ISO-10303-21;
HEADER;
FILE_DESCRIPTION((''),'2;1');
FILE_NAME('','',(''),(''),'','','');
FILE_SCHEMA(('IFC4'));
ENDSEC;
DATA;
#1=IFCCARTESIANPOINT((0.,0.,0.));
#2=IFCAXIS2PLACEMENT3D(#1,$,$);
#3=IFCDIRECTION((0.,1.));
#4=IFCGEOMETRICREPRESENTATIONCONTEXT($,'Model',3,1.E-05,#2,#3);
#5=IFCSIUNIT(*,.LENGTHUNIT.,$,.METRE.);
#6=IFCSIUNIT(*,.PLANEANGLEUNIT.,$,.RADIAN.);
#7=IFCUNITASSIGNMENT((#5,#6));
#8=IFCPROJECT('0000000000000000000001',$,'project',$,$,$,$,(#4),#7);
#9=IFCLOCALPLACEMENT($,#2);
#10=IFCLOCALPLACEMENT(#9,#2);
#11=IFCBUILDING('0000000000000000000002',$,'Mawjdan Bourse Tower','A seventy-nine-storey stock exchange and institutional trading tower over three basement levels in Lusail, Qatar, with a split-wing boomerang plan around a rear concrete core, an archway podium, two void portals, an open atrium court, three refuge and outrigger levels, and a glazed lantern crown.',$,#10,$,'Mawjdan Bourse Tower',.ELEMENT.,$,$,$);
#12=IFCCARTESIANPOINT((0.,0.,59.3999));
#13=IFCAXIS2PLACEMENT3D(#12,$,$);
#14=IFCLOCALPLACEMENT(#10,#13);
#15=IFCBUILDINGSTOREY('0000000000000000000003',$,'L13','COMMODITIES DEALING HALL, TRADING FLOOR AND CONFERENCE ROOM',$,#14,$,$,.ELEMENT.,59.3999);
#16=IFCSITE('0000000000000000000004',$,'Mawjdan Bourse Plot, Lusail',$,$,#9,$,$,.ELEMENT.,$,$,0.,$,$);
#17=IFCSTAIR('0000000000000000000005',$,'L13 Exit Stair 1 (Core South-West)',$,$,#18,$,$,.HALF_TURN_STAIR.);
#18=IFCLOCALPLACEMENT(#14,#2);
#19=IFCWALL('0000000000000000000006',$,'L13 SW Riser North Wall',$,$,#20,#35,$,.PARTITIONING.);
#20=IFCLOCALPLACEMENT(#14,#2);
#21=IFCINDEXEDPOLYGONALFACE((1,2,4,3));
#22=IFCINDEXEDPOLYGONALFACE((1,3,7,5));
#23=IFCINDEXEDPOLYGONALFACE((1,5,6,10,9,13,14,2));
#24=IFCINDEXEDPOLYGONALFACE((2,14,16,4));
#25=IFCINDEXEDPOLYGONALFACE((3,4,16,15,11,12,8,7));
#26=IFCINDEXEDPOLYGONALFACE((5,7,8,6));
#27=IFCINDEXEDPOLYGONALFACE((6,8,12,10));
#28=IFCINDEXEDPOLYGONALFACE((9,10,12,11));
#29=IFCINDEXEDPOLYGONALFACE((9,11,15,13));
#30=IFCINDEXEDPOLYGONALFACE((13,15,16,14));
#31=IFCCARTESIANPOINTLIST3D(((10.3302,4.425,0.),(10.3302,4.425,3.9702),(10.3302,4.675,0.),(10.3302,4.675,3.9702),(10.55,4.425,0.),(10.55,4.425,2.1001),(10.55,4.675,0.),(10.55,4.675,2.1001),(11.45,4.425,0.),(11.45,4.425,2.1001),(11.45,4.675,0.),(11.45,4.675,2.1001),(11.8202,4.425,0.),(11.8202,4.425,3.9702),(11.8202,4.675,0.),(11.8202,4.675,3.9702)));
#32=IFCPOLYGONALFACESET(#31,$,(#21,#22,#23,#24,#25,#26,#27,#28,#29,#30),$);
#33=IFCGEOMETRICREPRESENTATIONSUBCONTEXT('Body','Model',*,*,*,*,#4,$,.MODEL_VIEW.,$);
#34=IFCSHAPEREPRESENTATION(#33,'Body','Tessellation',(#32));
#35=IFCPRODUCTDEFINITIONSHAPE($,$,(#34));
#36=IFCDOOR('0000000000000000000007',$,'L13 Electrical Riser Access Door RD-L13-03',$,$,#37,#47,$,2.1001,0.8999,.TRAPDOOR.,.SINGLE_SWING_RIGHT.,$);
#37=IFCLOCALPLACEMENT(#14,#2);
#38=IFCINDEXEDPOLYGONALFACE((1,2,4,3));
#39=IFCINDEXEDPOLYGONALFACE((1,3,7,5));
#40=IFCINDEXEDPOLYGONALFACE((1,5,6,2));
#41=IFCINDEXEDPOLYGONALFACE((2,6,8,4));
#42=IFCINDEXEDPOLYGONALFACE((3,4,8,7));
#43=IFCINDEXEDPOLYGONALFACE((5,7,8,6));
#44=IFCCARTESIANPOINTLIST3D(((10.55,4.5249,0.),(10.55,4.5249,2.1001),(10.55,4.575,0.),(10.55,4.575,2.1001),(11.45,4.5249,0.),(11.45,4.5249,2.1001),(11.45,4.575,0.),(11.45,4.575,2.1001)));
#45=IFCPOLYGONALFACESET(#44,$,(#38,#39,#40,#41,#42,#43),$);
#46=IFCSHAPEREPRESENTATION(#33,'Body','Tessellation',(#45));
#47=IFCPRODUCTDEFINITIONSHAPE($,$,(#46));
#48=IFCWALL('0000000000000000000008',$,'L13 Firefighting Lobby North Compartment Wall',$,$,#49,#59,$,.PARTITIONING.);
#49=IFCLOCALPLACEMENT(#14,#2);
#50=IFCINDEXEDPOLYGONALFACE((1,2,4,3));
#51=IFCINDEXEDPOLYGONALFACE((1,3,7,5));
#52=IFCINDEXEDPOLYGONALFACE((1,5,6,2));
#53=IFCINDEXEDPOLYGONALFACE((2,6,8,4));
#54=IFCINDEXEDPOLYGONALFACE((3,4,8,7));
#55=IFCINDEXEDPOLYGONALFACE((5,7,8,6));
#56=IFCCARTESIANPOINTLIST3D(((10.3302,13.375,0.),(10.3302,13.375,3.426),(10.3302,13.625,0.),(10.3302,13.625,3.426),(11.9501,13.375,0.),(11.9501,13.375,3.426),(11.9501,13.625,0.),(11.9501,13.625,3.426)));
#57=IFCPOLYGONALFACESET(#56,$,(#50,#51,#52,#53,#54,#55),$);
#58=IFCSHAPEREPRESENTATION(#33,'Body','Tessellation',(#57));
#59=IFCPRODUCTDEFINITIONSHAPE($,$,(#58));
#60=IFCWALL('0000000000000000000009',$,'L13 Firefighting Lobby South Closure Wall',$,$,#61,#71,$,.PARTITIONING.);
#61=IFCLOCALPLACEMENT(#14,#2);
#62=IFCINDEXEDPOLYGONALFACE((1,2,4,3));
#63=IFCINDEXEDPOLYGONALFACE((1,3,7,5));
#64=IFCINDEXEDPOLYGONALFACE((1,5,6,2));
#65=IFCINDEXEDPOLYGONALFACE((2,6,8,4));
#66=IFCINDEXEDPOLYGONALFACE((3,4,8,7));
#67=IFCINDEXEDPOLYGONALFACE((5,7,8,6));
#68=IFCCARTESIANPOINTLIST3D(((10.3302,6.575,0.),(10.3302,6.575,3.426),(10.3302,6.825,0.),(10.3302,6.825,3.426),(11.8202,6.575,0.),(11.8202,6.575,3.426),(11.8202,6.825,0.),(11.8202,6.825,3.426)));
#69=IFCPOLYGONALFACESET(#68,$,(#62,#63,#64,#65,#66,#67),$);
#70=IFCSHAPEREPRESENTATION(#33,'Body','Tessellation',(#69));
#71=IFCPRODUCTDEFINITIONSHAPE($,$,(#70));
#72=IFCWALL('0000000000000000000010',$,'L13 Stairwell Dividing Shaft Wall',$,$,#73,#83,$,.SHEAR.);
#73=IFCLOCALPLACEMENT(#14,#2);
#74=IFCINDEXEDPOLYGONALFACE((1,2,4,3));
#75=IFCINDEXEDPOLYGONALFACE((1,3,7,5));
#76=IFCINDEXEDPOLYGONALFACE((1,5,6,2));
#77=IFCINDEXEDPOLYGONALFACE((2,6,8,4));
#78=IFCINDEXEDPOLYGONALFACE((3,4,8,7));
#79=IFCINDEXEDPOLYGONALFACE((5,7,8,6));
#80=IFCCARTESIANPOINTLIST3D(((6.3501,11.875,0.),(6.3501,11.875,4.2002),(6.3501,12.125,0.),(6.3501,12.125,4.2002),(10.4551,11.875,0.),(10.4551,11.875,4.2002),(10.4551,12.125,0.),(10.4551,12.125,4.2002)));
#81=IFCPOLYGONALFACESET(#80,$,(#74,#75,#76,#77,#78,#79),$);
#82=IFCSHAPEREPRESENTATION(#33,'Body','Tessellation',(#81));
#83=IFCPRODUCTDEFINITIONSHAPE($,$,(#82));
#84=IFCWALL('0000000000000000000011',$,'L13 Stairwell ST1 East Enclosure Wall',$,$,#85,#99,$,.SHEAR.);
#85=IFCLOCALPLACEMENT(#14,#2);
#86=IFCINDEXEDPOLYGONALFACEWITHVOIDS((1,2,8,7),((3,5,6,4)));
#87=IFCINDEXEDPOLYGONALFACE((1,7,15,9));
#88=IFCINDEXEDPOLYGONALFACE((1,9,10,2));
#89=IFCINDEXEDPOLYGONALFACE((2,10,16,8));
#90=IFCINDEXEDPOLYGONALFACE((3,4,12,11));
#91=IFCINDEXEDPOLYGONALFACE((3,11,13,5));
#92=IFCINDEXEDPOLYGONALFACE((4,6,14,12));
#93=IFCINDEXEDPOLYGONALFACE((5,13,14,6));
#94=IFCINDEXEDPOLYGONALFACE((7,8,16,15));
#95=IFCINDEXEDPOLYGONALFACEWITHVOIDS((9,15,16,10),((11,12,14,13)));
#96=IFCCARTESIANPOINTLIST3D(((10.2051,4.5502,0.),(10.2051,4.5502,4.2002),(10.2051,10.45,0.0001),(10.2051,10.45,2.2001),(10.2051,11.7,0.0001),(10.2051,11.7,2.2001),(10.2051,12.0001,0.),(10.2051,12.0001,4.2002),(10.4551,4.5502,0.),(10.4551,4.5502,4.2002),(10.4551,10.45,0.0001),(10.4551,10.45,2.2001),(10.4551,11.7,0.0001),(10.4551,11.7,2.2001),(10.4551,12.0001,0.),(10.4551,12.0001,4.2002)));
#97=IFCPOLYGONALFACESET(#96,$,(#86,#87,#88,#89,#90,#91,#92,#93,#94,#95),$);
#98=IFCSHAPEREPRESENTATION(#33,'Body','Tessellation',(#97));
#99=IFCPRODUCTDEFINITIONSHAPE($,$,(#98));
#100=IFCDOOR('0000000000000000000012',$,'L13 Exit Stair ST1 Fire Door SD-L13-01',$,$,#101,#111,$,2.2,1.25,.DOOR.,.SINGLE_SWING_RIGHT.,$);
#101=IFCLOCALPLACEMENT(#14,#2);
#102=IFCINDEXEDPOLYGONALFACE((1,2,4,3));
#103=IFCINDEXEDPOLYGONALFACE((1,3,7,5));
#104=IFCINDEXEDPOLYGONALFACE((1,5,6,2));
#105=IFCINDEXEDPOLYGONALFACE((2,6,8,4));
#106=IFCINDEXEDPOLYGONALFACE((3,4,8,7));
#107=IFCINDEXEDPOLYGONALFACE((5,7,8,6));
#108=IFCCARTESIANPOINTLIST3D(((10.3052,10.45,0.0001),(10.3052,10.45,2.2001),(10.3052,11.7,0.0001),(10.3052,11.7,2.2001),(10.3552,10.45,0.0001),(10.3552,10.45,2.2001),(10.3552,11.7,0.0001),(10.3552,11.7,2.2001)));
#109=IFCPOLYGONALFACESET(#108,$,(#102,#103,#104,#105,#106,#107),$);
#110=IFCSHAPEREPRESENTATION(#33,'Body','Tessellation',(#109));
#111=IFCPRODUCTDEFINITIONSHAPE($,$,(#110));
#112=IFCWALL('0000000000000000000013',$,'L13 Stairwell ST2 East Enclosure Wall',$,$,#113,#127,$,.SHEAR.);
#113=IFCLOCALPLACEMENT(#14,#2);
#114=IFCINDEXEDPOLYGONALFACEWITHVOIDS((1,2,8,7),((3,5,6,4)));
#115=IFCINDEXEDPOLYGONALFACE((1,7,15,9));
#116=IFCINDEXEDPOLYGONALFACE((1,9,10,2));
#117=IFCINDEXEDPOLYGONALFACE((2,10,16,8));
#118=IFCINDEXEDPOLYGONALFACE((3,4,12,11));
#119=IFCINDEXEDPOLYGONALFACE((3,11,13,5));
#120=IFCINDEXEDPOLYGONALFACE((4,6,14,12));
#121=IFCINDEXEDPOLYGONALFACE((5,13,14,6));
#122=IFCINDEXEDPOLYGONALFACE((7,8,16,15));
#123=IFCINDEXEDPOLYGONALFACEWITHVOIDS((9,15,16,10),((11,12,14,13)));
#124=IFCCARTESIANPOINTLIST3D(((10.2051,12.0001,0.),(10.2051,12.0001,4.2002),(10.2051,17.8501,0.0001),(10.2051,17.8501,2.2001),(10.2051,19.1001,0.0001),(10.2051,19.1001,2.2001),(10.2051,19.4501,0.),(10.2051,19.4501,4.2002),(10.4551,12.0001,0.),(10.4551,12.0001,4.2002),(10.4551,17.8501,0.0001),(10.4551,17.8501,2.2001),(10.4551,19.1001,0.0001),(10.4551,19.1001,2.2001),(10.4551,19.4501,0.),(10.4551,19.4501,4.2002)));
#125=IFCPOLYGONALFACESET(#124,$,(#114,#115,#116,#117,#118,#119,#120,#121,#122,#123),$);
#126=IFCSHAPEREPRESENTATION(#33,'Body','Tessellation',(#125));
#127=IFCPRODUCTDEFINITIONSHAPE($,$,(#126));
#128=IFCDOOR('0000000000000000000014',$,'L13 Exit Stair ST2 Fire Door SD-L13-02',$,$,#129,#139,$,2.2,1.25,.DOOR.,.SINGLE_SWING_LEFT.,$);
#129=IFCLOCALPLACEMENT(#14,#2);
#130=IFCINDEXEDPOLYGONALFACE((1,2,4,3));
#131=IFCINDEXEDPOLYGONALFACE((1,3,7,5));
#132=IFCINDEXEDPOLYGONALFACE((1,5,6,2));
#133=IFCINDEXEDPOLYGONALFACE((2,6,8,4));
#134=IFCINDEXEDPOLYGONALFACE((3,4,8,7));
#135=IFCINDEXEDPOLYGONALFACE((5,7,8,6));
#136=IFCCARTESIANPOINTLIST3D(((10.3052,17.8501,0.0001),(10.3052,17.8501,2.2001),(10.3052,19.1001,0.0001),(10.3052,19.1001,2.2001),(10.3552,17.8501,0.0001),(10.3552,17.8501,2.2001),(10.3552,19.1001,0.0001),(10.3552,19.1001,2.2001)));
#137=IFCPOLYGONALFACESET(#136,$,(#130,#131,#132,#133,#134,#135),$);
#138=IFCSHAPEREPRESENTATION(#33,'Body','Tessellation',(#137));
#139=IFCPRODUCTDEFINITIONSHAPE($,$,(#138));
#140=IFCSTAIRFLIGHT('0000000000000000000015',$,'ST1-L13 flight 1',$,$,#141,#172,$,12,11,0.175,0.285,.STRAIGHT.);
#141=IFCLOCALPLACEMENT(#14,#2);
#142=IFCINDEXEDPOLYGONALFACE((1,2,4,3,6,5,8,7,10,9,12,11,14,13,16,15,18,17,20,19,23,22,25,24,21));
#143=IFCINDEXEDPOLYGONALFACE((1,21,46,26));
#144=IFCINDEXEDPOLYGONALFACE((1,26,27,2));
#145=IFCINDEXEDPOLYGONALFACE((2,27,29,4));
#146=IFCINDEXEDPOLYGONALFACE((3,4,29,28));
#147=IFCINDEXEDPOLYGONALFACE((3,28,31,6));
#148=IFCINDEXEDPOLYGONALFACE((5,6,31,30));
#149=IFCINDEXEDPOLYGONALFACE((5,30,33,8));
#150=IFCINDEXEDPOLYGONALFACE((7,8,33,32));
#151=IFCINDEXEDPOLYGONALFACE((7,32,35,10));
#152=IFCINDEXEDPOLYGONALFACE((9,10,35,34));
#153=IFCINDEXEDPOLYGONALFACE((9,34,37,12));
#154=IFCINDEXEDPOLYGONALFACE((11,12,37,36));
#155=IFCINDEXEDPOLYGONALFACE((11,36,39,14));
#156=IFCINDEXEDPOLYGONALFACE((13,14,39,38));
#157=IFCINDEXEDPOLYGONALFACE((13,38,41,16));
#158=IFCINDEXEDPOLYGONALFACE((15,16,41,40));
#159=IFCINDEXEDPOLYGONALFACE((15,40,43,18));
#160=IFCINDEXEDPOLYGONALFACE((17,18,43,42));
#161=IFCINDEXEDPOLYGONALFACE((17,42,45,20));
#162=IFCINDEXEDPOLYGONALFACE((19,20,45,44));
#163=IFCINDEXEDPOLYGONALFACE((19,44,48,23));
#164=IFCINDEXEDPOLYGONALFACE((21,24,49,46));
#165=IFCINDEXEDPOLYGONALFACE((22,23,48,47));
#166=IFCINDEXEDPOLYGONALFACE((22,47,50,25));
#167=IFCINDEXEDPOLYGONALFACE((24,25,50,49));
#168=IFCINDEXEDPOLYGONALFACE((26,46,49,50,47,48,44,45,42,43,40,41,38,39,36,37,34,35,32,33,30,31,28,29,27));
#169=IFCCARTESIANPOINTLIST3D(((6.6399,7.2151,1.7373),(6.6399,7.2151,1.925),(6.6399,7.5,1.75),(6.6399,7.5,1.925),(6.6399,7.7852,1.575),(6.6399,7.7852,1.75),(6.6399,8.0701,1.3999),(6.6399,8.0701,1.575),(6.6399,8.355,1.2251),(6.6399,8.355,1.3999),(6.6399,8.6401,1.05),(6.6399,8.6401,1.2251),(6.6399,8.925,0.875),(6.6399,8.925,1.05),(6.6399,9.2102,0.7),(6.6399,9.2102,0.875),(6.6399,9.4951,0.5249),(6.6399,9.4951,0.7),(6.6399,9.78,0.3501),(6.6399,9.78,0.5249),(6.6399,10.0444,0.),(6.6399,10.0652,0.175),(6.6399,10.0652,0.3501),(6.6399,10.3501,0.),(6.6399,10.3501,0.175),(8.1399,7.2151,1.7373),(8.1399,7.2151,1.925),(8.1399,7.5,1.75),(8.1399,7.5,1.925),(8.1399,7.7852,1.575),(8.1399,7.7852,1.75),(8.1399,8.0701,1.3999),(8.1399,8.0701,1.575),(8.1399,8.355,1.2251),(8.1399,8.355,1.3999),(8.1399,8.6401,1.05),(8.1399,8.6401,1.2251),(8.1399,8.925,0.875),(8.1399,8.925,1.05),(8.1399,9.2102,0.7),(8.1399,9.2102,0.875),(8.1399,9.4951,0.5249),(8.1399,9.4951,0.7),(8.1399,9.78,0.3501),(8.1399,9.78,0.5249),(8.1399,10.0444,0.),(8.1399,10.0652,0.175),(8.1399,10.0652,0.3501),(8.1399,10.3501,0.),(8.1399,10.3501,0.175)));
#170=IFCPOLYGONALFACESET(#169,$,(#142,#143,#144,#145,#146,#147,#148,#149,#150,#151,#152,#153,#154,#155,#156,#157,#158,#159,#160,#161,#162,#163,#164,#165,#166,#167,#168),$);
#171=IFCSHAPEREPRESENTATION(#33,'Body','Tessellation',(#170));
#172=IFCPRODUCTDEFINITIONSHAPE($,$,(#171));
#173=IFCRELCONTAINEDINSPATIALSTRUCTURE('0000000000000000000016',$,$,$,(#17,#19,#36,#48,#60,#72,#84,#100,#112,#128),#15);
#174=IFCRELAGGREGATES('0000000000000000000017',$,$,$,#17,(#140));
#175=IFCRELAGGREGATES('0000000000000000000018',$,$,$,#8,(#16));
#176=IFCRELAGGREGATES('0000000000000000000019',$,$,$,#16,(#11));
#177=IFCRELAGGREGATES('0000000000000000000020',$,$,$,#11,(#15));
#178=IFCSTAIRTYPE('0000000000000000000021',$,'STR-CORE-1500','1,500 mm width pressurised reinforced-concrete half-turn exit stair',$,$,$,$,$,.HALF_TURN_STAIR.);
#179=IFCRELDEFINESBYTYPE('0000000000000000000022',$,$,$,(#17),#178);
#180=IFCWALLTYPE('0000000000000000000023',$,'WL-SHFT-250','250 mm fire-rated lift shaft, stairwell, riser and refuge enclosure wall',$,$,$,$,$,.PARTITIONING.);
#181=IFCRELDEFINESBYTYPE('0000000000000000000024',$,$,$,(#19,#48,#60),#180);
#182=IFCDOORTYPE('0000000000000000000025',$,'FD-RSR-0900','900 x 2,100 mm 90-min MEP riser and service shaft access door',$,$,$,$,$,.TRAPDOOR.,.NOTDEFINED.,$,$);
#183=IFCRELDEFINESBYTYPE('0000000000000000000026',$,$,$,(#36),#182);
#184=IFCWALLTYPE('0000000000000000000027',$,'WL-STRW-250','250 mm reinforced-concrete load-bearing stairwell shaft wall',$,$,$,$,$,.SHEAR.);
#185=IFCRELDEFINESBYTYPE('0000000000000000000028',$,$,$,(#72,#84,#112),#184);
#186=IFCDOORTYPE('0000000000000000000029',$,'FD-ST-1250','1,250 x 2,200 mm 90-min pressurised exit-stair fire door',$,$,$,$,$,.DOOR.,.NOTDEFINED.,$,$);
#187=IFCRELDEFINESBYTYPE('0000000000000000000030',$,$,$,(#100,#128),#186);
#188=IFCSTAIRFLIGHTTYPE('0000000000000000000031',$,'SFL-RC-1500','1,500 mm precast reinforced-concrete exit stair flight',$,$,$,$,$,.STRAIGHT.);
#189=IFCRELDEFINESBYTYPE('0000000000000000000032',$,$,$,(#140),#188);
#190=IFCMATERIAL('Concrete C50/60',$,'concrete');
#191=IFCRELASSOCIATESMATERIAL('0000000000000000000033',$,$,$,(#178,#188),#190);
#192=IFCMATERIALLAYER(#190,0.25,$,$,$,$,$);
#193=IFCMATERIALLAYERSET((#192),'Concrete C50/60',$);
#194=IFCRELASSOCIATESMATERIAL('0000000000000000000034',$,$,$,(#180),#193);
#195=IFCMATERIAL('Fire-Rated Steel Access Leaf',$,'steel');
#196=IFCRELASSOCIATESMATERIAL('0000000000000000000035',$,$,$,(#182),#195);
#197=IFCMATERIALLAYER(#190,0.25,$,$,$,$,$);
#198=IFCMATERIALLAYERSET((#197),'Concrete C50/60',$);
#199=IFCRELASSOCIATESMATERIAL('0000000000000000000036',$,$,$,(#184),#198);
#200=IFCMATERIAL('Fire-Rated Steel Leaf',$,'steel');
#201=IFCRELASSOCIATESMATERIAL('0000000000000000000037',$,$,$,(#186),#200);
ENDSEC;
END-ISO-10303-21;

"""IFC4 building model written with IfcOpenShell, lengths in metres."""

from ifc_helpers import new_model, si_unit, direction, frame, frame_2d, origin, place, context, subcontext, project, spatial, polyline, rectangle, outline, extrude, material, layer, layer_set, type_object, element, fill, aggregate, save


model = new_model("IFC4")

# Units and contexts
model_context = context("Model", 3, precision=1e-05, world=origin(), true_north=direction((0.0, 1.0)))
body_context = subcontext(model_context, "Body", "Model", "MODEL_VIEW")
ifc_project = project(units=[si_unit("LENGTHUNIT", "METRE"), si_unit("PLANEANGLEUNIT", "RADIAN")], contexts=[model_context])

# Site, building, storey
site_placement = place(None, origin())
site = spatial("IfcSite", under=ifc_project, at=site_placement, Name="Mawjdan Bourse Plot, Lusail", CompositionType="ELEMENT", RefElevation=0.0)
building_placement = place(site_placement, origin())
building = spatial("IfcBuilding", under=site, at=building_placement, Name="Mawjdan Bourse Tower", Description="A seventy-nine-storey stock exchange and institutional trading tower over three basement levels in Lusail, Qatar, with a split-wing boomerang plan around a rear concrete core, an archway podium, two void portals, an open atrium court, three refuge and outrigger levels, and a glazed lantern crown.", LongName="Mawjdan Bourse Tower", CompositionType="ELEMENT")
storey_placement = place(building_placement, frame((0.0, 0.0, 59.3999)))
storey = spatial("IfcBuildingStorey", under=building, at=storey_placement, Name="L13", Description="COMMODITIES DEALING HALL, TRADING FLOOR AND CONFERENCE ROOM", CompositionType="ELEMENT", Elevation=59.3999)

# Stair
ifc_material_1 = material(Name="Concrete C50/60", Category="concrete")
stair_type = type_object("IfcStairType", Name="STR-CORE-1500", Description="1,500 mm width pressurised reinforced-concrete half-turn exit stair", PredefinedType="HALF_TURN_STAIR", material=ifc_material_1)
stair_1_placement = place(storey_placement, origin())
stair_1 = element("IfcStair", 1, at=stair_1_placement, inside=storey, type_object=stair_type, Name="L13 Exit Stair 1 (Core South-West)", PredefinedType="HALF_TURN_STAIR")

# Wall, opening, door
ifc_layer_1 = layer(ifc_material_1, 0.25)
ifc_layer_set_1 = layer_set([ifc_layer_1], Name="Concrete C50/60")
wall_type_1 = type_object("IfcWallType", Name="WL-SHFT-250", Description="250 mm fire-rated lift shaft, stairwell, riser and refuge enclosure wall", PredefinedType="PARTITIONING", material=ifc_layer_set_1)
wall_1_placement = place(storey_placement, frame((10.3301, 4.55, 0.0), z_axis=(0.0, 0.0, 1.0), x_axis=(1.0, 0.0, 0.0)))
wall_1 = element("IfcWall", 2, at=wall_1_placement, inside=storey, type_object=wall_type_1, Name="L13 SW Riser North Wall", PredefinedType="PARTITIONING", context=body_context, shape_type="SweptSolid", body=[
    extrude(rectangle(XDim=1.49, YDim=0.25, at=frame_2d((0.7451, 0.0))), origin(), (0.0, 0.0, 1.0), 3.9702),
])
opening_1_placement = place(wall_1_placement, frame((0.22, 0.0, 0.0)))
opening_1 = element("IfcOpeningElement", 3, at=opening_1_placement, cuts=wall_1, PredefinedType="OPENING", context=body_context, shape_type="SweptSolid", body=[
    extrude(rectangle(XDim=0.8999, YDim=2.1001, at=frame_2d((0.45, 1.05))), frame((0.0, 0.135, 0.0), z_axis=(0.0, -1.0, 0.0), x_axis=(1.0, 0.0, 0.0)), (0.0, 0.0, 1.0), 0.27),
])
ifc_material_2 = material(Name="Fire-Rated Steel Access Leaf", Category="steel")
door_type_1 = type_object("IfcDoorType", Name="FD-RSR-0900", Description="900 x 2,100 mm 90-min MEP riser and service shaft access door", OperationType="NOTDEFINED", PredefinedType="TRAPDOOR", material=ifc_material_2)
door_1_placement = place(opening_1_placement, origin())
door_1 = element("IfcDoor", 4, at=door_1_placement, inside=storey, type_object=door_type_1, Name="L13 Electrical Riser Access Door RD-L13-03", OperationType="SINGLE_SWING_RIGHT", OverallHeight=2.1001, OverallWidth=0.8999, PredefinedType="TRAPDOOR", context=body_context, shape_type="SweptSolid", body=[
    extrude(rectangle(XDim=0.8999, YDim=2.1001, at=frame_2d((0.45, 1.05))), frame((0.0, 0.0249, 0.0), z_axis=(0.0, -1.0, 0.0), x_axis=(1.0, 0.0, 0.0)), (0.0, 0.0, 1.0), 0.05),
])
fill(opening_1, door_1)

# Walls
wall_2_placement = place(storey_placement, frame((10.3301, 13.5, 0.0), z_axis=(0.0, 0.0, 1.0), x_axis=(1.0, 0.0, 0.0)))
element("IfcWall", 5, at=wall_2_placement, inside=storey, type_object=wall_type_1, Name="L13 Firefighting Lobby North Compartment Wall", PredefinedType="PARTITIONING", context=body_context, shape_type="SweptSolid", body=[
    extrude(rectangle(XDim=1.6199, YDim=0.25, at=frame_2d((0.8101, 0.0))), origin(), (0.0, 0.0, 1.0), 3.426),
])
wall_3_placement = place(storey_placement, frame((10.3301, 6.7, 0.0), z_axis=(0.0, 0.0, 1.0), x_axis=(1.0, 0.0, 0.0)))
element("IfcWall", 6, at=wall_3_placement, inside=storey, type_object=wall_type_1, Name="L13 Firefighting Lobby South Closure Wall", PredefinedType="PARTITIONING", context=body_context, shape_type="SweptSolid", body=[
    extrude(rectangle(XDim=1.49, YDim=0.25, at=frame_2d((0.7451, 0.0))), origin(), (0.0, 0.0, 1.0), 3.426),
])
ifc_layer_2 = layer(ifc_material_1, 0.25)
ifc_layer_set_2 = layer_set([ifc_layer_2], Name="Concrete C50/60")
wall_type_2 = type_object("IfcWallType", Name="WL-STRW-250", Description="250 mm reinforced-concrete load-bearing stairwell shaft wall", PredefinedType="SHEAR", material=ifc_layer_set_2)
wall_4_placement = place(storey_placement, frame((6.3501, 12.0, 0.0), z_axis=(0.0, 0.0, 1.0), x_axis=(1.0, 0.0, 0.0)))
element("IfcWall", 7, at=wall_4_placement, inside=storey, type_object=wall_type_2, Name="L13 Stairwell Dividing Shaft Wall", PredefinedType="SHEAR", context=body_context, shape_type="SweptSolid", body=[
    extrude(rectangle(XDim=4.105, YDim=0.25, at=frame_2d((2.0525, 0.0))), origin(), (0.0, 0.0, 1.0), 4.2002),
])

# Walls, openings, doors
wall_5_placement = place(storey_placement, frame((10.3301, 4.55, 0.0), z_axis=(0.0, 0.0, 1.0), x_axis=(0.0, 1.0, 0.0)))
wall_5 = element("IfcWall", 8, at=wall_5_placement, inside=storey, type_object=wall_type_2, Name="L13 Stairwell ST1 East Enclosure Wall", PredefinedType="SHEAR", context=body_context, shape_type="SweptSolid", body=[
    extrude(rectangle(XDim=7.45, YDim=0.25, at=frame_2d((3.7251, 0.0))), origin(), (0.0, 0.0, 1.0), 4.2002),
])
opening_2_placement = place(wall_5_placement, frame((5.8999, 0.0, 0.0)))
opening_2 = element("IfcOpeningElement", 9, at=opening_2_placement, cuts=wall_5, PredefinedType="OPENING", context=body_context, shape_type="SweptSolid", body=[
    extrude(rectangle(XDim=1.25, YDim=2.2, at=frame_2d((0.625, 1.1001))), frame((0.0, 0.135, 0.0), z_axis=(0.0, -1.0, 0.0), x_axis=(1.0, 0.0, 0.0)), (0.0, 0.0, 1.0), 0.27),
])
ifc_material_3 = material(Name="Fire-Rated Steel Leaf", Category="steel")
door_type_2 = type_object("IfcDoorType", Name="FD-ST-1250", Description="1,250 x 2,200 mm 90-min pressurised exit-stair fire door", OperationType="NOTDEFINED", PredefinedType="DOOR", material=ifc_material_3)
door_2_placement = place(opening_2_placement, origin())
door_2 = element("IfcDoor", 10, at=door_2_placement, inside=storey, type_object=door_type_2, Name="L13 Exit Stair ST1 Fire Door SD-L13-01", OperationType="SINGLE_SWING_RIGHT", OverallHeight=2.2, OverallWidth=1.25, PredefinedType="DOOR", context=body_context, shape_type="SweptSolid", body=[
    extrude(rectangle(XDim=1.25, YDim=2.2, at=frame_2d((0.625, 1.1001))), frame((0.0, 0.0249, 0.0), z_axis=(0.0, -1.0, 0.0), x_axis=(1.0, 0.0, 0.0)), (0.0, 0.0, 1.0), 0.05),
])
fill(opening_2, door_2)
wall_6_placement = place(storey_placement, frame((10.3301, 12.0, 0.0), z_axis=(0.0, 0.0, 1.0), x_axis=(0.0, 1.0, 0.0)))
wall_6 = element("IfcWall", 11, at=wall_6_placement, inside=storey, type_object=wall_type_2, Name="L13 Stairwell ST2 East Enclosure Wall", PredefinedType="SHEAR", context=body_context, shape_type="SweptSolid", body=[
    extrude(rectangle(XDim=7.45, YDim=0.25, at=frame_2d((3.7251, 0.0))), origin(), (0.0, 0.0, 1.0), 4.2002),
])
opening_3_placement = place(wall_6_placement, frame((5.8501, 0.0, 0.0)))
opening_3 = element("IfcOpeningElement", 12, at=opening_3_placement, cuts=wall_6, PredefinedType="OPENING", context=body_context, shape_type="SweptSolid", body=[
    extrude(rectangle(XDim=1.25, YDim=2.2, at=frame_2d((0.625, 1.1001))), frame((0.0, 0.135, 0.0), z_axis=(0.0, -1.0, 0.0), x_axis=(1.0, 0.0, 0.0)), (0.0, 0.0, 1.0), 0.27),
])
door_3_placement = place(opening_3_placement, origin())
door_3 = element("IfcDoor", 13, at=door_3_placement, inside=storey, type_object=door_type_2, Name="L13 Exit Stair ST2 Fire Door SD-L13-02", OperationType="SINGLE_SWING_LEFT", OverallHeight=2.2, OverallWidth=1.25, PredefinedType="DOOR", context=body_context, shape_type="SweptSolid", body=[
    extrude(rectangle(XDim=1.25, YDim=2.2, at=frame_2d((0.625, 1.1001))), frame((0.0, 0.0249, 0.0), z_axis=(0.0, -1.0, 0.0), x_axis=(1.0, 0.0, 0.0)), (0.0, 0.0, 1.0), 0.05),
])
fill(opening_3, door_3)

# Stair flight
stair_flight_type = type_object("IfcStairFlightType", Name="SFL-RC-1500", Description="1,500 mm precast reinforced-concrete exit stair flight", PredefinedType="STRAIGHT", material=ifc_material_1)
stair_flight_1_placement = place(storey_placement, frame((7.3899, 10.3501, 0.0), z_axis=(0.0, 0.0, 1.0), x_axis=(0.0, -1.0, 0.0)))
stair_flight_1 = element("IfcStairFlight", 14, at=stair_flight_1_placement, type_object=stair_flight_type, Name="ST1-L13 flight 1", NumberOfRisers=12, NumberOfTreads=11, PredefinedType="STRAIGHT", RiserHeight=0.175, TreadLength=0.285, context=body_context, shape_type="SweptSolid", body=[
    extrude(outline(polyline([(0.0, 0.0), (0.0, 0.175), (0.2849, 0.175), (0.2849, 0.3501), (0.5701, 0.3501), (0.5701, 0.5249), (0.855, 0.5249), (0.855, 0.7), (1.1399, 0.7), (1.1399, 0.875), (1.425, 0.875), (1.425, 1.05), (1.71, 1.05), (1.71, 1.2251), (1.9951, 1.2251), (1.9951, 1.3999), (2.28, 1.3999), (2.28, 1.575), (2.5649, 1.575), (2.5649, 1.75), (2.8501, 1.75), (2.8501, 1.925), (3.135, 1.925), (3.135, 2.1001), (3.135, 1.7373), (0.3057, 0.0), (0.0, 0.0)])), frame((0.0, 0.75, 0.0), z_axis=(0.0, -1.0, 0.0), x_axis=(1.0, 0.0, 0.0)), (0.0, 0.0, 1.0), 1.5),
])
aggregate(stair_1, [stair_flight_1])

save(model, "model.ifc")
